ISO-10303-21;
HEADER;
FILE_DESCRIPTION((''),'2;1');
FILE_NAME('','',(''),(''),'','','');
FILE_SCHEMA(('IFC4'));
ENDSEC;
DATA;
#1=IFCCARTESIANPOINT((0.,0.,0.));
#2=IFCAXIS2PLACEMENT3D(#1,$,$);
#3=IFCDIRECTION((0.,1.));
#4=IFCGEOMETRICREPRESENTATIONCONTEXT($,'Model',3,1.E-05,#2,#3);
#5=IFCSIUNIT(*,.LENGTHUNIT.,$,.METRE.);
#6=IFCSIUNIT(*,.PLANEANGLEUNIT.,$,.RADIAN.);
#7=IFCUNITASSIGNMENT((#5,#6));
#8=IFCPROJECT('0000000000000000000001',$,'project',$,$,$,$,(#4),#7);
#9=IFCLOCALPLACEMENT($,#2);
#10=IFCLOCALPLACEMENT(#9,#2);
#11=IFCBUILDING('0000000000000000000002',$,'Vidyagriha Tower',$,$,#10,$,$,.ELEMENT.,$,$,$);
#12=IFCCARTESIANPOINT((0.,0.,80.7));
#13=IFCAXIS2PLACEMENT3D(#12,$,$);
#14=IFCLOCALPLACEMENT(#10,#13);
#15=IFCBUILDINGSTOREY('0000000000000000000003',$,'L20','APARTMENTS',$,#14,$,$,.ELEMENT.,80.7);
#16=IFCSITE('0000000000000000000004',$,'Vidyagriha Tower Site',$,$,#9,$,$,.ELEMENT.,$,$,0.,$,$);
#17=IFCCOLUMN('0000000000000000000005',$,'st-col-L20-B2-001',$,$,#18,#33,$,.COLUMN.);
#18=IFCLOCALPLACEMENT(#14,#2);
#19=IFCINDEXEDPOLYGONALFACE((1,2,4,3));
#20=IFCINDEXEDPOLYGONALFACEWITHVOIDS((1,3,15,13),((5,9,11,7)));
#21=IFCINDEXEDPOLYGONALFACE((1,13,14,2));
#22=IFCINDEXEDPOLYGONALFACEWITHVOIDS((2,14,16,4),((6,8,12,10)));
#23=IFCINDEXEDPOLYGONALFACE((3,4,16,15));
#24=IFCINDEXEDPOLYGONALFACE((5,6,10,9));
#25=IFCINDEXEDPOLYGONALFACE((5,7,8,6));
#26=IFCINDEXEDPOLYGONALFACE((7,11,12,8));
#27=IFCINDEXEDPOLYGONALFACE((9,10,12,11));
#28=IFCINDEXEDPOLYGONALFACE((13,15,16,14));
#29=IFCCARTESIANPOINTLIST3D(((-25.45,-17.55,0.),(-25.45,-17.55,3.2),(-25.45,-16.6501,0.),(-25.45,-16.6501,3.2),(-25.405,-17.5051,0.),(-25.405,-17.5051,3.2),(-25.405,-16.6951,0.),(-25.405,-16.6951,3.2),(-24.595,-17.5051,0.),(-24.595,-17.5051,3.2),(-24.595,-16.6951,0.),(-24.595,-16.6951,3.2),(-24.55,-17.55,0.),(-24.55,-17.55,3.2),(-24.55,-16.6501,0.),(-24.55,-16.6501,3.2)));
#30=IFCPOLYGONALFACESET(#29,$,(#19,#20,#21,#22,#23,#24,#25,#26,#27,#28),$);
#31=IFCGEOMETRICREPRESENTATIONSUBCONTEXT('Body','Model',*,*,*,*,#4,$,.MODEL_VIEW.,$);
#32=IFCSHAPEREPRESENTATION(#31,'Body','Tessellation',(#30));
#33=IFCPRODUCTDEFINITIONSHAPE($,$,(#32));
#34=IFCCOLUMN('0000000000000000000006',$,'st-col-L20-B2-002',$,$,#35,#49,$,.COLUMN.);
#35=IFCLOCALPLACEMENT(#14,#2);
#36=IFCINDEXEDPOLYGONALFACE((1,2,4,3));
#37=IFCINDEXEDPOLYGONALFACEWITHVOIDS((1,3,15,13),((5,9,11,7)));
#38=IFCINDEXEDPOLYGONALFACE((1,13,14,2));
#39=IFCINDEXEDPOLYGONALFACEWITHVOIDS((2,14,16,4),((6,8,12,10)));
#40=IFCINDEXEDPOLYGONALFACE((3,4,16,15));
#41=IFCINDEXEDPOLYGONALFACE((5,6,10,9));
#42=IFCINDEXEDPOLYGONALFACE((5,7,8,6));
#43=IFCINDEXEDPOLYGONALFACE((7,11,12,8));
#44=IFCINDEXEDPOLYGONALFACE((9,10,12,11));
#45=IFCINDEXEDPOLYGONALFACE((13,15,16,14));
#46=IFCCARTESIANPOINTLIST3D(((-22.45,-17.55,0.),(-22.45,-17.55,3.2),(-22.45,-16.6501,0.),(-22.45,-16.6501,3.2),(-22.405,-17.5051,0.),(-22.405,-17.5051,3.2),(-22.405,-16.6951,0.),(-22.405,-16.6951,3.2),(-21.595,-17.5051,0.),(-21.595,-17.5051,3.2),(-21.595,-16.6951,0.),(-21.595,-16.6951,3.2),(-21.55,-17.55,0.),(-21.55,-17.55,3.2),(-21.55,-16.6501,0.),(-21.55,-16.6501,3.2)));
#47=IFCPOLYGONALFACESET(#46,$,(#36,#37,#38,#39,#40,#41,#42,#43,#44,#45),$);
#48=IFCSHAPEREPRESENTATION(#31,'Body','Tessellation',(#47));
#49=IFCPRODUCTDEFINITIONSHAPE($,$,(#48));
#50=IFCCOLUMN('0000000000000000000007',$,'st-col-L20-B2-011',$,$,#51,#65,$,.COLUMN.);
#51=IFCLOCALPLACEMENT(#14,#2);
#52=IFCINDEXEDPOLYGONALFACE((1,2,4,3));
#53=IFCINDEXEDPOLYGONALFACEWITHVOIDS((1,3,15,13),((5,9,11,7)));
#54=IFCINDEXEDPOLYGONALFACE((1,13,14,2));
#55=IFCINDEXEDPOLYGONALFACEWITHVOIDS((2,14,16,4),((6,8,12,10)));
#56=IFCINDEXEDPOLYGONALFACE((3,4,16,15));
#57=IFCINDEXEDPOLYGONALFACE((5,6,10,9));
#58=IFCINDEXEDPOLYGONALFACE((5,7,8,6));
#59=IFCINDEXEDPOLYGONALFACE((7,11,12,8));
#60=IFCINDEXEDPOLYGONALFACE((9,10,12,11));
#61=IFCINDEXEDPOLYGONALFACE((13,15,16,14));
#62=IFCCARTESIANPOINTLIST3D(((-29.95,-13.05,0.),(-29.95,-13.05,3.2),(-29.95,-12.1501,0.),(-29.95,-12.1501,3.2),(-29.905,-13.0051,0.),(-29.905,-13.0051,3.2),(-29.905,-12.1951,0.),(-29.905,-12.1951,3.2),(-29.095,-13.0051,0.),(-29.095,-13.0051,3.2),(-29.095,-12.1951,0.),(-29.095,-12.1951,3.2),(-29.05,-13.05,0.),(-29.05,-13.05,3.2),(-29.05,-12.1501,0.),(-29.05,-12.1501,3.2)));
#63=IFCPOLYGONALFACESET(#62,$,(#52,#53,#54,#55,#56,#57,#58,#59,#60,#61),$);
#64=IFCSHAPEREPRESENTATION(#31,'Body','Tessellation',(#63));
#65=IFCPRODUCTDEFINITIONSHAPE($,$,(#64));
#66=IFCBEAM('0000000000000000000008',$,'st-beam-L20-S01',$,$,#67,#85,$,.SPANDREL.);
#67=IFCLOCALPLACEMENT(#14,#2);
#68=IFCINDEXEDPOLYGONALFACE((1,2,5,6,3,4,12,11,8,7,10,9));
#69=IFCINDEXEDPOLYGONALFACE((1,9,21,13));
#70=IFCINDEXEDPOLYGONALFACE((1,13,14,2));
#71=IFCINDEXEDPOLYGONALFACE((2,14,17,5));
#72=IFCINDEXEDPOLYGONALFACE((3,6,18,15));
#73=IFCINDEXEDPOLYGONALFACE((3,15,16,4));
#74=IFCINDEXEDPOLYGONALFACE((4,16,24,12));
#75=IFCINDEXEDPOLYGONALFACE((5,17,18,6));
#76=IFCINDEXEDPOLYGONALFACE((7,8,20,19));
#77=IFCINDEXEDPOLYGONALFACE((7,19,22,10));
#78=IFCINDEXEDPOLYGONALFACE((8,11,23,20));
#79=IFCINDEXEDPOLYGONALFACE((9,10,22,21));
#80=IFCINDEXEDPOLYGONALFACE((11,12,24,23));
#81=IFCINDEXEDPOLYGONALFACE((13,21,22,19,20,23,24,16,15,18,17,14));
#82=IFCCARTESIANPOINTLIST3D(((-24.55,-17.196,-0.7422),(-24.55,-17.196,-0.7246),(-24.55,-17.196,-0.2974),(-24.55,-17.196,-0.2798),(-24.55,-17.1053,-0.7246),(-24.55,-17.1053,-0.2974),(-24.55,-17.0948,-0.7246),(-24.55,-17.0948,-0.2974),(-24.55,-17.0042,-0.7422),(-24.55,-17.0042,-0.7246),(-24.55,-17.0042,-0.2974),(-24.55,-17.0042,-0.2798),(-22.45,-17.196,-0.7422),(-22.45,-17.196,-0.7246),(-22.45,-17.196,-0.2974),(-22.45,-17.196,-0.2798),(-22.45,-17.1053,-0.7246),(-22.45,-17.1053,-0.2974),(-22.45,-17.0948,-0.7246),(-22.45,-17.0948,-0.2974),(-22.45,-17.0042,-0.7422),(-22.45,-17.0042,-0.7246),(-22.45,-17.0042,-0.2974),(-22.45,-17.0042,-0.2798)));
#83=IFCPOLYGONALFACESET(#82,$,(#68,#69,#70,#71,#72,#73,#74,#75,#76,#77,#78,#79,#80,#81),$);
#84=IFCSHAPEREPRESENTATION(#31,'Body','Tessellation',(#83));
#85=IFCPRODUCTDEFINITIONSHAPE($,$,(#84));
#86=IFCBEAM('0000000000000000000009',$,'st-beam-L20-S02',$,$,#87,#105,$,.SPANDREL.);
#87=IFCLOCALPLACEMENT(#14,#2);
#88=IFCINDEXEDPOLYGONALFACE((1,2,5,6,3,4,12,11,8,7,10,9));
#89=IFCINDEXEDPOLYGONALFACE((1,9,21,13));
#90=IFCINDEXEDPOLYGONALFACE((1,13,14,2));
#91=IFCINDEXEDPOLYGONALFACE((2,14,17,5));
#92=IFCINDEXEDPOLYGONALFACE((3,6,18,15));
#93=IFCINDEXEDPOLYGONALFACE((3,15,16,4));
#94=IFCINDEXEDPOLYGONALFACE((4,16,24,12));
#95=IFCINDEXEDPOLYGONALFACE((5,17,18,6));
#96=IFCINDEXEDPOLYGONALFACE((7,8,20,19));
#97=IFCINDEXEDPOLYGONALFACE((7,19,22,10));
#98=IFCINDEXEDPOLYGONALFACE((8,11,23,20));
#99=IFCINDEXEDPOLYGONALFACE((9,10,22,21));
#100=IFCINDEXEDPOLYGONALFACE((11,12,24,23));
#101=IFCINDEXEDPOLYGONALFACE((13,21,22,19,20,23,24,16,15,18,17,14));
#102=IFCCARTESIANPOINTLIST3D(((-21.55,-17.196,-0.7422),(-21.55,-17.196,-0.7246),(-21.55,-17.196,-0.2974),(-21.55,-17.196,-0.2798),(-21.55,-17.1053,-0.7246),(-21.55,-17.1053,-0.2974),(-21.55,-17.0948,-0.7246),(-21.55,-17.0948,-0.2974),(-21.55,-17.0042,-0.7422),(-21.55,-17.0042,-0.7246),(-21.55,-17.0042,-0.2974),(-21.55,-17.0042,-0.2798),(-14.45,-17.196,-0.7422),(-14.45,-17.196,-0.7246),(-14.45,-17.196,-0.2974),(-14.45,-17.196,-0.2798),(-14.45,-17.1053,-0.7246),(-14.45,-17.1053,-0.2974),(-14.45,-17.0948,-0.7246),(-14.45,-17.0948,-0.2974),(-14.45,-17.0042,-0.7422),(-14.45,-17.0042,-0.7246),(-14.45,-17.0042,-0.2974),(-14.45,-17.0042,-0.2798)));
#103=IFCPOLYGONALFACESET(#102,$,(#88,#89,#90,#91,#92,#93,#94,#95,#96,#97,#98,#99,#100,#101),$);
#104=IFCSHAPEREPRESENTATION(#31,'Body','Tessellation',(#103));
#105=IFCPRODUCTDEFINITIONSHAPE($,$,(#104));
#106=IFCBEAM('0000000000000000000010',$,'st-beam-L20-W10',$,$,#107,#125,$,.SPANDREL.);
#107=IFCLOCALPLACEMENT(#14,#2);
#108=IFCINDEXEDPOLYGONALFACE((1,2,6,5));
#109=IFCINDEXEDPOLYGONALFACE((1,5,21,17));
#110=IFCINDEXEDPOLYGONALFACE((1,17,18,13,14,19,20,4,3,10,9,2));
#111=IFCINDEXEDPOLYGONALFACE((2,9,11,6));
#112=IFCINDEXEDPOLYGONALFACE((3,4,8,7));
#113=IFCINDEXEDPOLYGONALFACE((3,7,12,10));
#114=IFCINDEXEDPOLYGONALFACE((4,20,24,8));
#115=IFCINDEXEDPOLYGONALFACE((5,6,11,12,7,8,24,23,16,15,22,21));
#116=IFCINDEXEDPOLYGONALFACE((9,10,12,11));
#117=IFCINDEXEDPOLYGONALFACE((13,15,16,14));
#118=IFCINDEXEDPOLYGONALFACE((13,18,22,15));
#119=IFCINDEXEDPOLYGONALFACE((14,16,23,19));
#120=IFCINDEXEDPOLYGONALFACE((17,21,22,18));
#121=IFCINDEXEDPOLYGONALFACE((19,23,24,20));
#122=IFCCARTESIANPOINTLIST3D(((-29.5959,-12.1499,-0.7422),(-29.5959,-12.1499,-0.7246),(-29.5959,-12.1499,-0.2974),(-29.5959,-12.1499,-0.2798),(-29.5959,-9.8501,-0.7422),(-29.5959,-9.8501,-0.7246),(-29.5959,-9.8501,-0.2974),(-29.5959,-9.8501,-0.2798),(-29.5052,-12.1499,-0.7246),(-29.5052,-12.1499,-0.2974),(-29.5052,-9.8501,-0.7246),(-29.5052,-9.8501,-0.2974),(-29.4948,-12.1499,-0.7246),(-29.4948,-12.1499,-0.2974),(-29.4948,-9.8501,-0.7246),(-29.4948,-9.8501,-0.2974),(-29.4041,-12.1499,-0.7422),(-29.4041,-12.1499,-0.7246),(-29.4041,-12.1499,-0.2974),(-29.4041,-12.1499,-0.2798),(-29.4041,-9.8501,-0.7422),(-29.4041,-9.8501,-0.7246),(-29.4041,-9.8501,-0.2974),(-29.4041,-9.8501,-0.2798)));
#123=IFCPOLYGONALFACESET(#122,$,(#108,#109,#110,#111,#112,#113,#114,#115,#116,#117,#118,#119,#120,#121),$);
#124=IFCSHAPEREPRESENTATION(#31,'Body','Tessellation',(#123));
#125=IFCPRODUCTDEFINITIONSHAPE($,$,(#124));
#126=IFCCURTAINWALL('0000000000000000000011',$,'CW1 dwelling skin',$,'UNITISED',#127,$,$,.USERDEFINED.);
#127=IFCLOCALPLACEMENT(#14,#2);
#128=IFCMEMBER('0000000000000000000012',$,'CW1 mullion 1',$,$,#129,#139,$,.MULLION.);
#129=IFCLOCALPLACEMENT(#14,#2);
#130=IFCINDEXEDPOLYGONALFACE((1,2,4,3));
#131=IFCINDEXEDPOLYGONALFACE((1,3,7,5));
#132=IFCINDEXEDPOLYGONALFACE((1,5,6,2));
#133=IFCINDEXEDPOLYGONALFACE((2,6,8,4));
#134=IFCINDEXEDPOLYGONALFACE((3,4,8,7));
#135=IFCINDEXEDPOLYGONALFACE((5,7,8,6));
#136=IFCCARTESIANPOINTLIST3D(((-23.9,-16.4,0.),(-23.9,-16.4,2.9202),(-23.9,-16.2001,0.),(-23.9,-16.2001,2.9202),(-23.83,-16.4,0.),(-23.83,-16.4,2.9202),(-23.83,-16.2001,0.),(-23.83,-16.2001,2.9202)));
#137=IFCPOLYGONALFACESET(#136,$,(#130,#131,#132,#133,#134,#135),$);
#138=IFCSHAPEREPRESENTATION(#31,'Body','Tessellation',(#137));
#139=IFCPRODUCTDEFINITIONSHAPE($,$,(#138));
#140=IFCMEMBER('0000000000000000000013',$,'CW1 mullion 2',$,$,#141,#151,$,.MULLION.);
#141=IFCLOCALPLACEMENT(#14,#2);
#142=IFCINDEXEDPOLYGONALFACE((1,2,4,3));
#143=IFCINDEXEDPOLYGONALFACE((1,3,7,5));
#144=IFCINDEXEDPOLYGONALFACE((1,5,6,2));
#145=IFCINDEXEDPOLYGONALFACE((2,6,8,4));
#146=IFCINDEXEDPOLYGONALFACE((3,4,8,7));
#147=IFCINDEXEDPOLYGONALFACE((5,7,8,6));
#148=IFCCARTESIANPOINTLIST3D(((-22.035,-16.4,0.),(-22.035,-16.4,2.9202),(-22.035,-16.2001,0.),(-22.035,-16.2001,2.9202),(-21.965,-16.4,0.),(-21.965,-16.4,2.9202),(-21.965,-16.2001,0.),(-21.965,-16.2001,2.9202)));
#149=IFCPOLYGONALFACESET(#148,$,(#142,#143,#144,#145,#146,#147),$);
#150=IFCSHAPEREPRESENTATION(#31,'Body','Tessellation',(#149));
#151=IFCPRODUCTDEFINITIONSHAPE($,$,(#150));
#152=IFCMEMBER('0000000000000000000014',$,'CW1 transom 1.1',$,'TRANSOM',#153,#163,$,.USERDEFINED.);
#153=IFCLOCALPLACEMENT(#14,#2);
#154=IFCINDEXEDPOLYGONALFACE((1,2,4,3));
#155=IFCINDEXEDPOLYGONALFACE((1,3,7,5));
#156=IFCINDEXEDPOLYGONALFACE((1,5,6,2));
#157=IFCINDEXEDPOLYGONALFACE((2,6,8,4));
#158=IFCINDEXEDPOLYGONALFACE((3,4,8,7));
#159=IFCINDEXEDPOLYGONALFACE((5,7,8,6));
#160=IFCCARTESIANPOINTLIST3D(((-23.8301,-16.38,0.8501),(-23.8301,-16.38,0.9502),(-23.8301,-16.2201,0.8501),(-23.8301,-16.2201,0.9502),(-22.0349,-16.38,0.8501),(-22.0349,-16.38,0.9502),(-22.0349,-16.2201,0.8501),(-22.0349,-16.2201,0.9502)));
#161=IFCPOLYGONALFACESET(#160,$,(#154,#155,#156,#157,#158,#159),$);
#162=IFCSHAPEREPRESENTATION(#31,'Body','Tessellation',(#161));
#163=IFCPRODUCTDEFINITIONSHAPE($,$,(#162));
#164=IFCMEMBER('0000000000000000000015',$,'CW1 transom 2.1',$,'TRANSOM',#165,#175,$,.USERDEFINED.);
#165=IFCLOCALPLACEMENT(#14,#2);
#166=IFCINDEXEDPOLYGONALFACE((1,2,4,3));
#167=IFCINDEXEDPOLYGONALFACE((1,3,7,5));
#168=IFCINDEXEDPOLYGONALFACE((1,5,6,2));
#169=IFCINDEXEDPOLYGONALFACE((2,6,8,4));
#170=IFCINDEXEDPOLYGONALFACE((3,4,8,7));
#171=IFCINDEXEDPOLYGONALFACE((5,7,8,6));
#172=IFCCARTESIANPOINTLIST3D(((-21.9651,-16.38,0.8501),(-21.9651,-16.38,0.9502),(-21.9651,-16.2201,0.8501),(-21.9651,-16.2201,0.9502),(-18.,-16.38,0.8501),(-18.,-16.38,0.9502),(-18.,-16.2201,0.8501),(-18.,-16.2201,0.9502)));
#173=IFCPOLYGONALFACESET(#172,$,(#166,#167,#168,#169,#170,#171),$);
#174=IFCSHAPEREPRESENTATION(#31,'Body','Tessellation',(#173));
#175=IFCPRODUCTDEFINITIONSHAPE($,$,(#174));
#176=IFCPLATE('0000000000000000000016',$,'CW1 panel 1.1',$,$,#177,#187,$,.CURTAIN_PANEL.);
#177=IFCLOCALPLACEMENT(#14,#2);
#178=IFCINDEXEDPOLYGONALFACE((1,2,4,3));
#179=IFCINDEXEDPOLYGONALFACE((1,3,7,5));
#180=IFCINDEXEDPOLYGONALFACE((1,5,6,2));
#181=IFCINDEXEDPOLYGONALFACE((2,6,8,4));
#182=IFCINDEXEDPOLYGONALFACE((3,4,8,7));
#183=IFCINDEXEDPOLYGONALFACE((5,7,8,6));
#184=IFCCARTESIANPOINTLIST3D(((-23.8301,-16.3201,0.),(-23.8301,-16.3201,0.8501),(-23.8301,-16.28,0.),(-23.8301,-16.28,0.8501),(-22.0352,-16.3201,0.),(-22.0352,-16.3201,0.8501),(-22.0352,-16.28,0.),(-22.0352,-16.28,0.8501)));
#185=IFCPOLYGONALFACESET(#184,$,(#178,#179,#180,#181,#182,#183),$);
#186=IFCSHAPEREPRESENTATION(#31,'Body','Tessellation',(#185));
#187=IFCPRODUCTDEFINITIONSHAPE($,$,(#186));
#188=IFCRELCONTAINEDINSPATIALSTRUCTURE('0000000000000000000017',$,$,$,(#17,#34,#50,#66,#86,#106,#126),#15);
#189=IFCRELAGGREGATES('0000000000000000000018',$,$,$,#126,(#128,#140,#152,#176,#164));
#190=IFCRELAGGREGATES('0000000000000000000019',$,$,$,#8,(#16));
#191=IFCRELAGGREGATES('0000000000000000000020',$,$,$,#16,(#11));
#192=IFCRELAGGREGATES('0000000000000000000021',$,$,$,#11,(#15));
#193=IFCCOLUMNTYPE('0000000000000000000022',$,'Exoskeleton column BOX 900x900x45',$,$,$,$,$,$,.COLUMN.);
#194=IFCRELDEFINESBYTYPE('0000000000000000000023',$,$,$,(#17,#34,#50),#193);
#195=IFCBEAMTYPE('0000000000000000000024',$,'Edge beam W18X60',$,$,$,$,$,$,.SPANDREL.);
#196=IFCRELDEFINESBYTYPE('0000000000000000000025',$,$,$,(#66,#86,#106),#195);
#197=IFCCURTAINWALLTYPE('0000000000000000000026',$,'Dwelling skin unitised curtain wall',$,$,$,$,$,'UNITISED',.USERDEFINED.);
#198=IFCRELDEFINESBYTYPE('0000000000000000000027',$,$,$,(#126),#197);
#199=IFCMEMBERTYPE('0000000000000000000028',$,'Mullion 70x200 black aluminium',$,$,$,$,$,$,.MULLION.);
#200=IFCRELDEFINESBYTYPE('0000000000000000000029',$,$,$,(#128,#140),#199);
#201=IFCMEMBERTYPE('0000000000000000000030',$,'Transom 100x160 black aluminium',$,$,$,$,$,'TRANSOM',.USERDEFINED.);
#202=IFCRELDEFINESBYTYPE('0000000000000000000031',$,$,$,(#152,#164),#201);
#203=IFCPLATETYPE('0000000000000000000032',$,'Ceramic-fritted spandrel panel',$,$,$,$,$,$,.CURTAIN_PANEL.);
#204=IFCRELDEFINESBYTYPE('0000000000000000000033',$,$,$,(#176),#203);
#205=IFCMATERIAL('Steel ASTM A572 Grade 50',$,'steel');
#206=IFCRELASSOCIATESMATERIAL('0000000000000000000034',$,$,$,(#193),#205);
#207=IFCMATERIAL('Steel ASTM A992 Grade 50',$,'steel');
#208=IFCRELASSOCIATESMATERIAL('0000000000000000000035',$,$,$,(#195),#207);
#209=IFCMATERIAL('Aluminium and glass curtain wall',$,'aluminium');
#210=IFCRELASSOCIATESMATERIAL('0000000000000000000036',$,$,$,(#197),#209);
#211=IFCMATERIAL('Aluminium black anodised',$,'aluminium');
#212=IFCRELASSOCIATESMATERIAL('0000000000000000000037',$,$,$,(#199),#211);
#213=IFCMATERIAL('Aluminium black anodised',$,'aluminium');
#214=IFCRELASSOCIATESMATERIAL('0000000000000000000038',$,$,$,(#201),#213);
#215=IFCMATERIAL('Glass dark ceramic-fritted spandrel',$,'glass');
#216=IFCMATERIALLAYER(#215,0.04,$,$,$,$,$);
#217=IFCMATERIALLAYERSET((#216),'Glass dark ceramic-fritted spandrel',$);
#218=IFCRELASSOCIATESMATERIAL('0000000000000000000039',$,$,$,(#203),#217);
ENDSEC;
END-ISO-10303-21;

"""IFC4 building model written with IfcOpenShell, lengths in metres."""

from ifc_helpers import new_model, si_unit, direction, frame, origin, origin_2d, place, context, subcontext, project, spatial, rectangle, hollow_rectangle, i_section, extrude, material, layer, layer_set, material_profile, profile_set, type_object, element, aggregate, save


model = new_model("IFC4")

# Units and contexts
model_context = context("Model", 3, precision=1e-05, world=origin(), true_north=direction((0.0, 1.0)))
body_context = subcontext(model_context, "Body", "Model", "MODEL_VIEW")
ifc_project = project(units=[si_unit("LENGTHUNIT", "METRE"), si_unit("PLANEANGLEUNIT", "RADIAN")], contexts=[model_context])

# Site, building, storey
site_placement = place(None, origin())
site = spatial("IfcSite", under=ifc_project, at=site_placement, Name="Vidyagriha Tower Site", CompositionType="ELEMENT", RefElevation=0.0)
building_placement = place(site_placement, origin())
building = spatial("IfcBuilding", under=site, at=building_placement, Name="Vidyagriha Tower", CompositionType="ELEMENT")
storey_placement = place(building_placement, frame((0.0, 0.0, 80.7)))
storey = spatial("IfcBuildingStorey", under=building, at=storey_placement, Name="L20", Description="APARTMENTS", CompositionType="ELEMENT", Elevation=80.7)

# Columns
ifc_material_1 = material(Name="Steel ASTM A572 Grade 50", Category="steel")
ifc_material_profile_1 = material_profile(ifc_material_1, hollow_rectangle(XDim=0.8999, YDim=0.8999, WallThickness=0.0449, at=origin_2d()), Name="BOX 900x900x45")
ifc_profile_set_1 = profile_set([ifc_material_profile_1], Name="Steel ASTM A572 Grade 50")
column_type = type_object("IfcColumnType", Name="Exoskeleton column BOX 900x900x45", PredefinedType="COLUMN", material=ifc_profile_set_1)
for number, where, name in (
    (1, (-25.0, -17.1001, 0.0), "st-col-L20-B2-001"),
    (2, (-22.0, -17.1001, 0.0), "st-col-L20-B2-002"),
    (3, (-29.5, -12.6001, 0.0), "st-col-L20-B2-011"),
):
    element("IfcColumn", number, at=place(storey_placement, frame(where)), inside=storey, type_object=column_type, Name=name, PredefinedType="COLUMN", context=body_context, shape_type="SweptSolid", body=[
        extrude(hollow_rectangle(XDim=0.8999, YDim=0.8999, WallThickness=0.0449, at=origin_2d()), origin(), (0.0, 0.0, 1.0), 3.2),
    ])

# Beams
ifc_material_2 = material(Name="Steel ASTM A992 Grade 50", Category="steel")
ifc_material_profile_2 = material_profile(ifc_material_2, i_section(OverallWidth=0.1919, OverallDepth=0.4624, WebThickness=0.0105, FlangeThickness=0.0176, at=origin_2d()), Name="W18X60")
ifc_profile_set_2 = profile_set([ifc_material_profile_2], Name="Steel ASTM A992 Grade 50")
beam_type = type_object("IfcBeamType", Name="Edge beam W18X60", PredefinedType="SPANDREL", material=ifc_profile_set_2)
beam_1_placement = place(storey_placement, frame((-24.55, -17.1001, -0.511), z_axis=(1.0, 0.0, 0.0), x_axis=(0.0, 1.0, 0.0)))
element("IfcBeam", 4, at=beam_1_placement, inside=storey, type_object=beam_type, Name="st-beam-L20-S01", PredefinedType="SPANDREL", context=body_context, shape_type="SweptSolid", body=[
    extrude(i_section(OverallWidth=0.1919, OverallDepth=0.4624, WebThickness=0.0105, FlangeThickness=0.0176, at=origin_2d()), origin(), (0.0, 0.0, 1.0), 2.1001),
])
beam_2_placement = place(storey_placement, frame((-21.55, -17.1001, -0.511), z_axis=(1.0, 0.0, 0.0), x_axis=(0.0, 1.0, 0.0)))
element("IfcBeam", 5, at=beam_2_placement, inside=storey, type_object=beam_type, Name="st-beam-L20-S02", PredefinedType="SPANDREL", context=body_context, shape_type="SweptSolid", body=[
    extrude(i_section(OverallWidth=0.1919, OverallDepth=0.4624, WebThickness=0.0105, FlangeThickness=0.0176, at=origin_2d()), origin(), (0.0, 0.0, 1.0), 7.1001),
])
beam_3_placement = place(storey_placement, frame((-29.5, -12.1499, -0.511), z_axis=(0.0, 1.0, 0.0), x_axis=(-1.0, 0.0, 0.0)))
element("IfcBeam", 6, at=beam_3_placement, inside=storey, type_object=beam_type, Name="st-beam-L20-W10", PredefinedType="SPANDREL", context=body_context, shape_type="SweptSolid", body=[
    extrude(i_section(OverallWidth=0.1919, OverallDepth=0.4624, WebThickness=0.0105, FlangeThickness=0.0176, at=origin_2d()), origin(), (0.0, 0.0, 1.0), 2.2998),
])

# Curtain wall, members, plate
ifc_material_3 = material(Name="Aluminium and glass curtain wall", Category="aluminium")
curtain_wall_type = type_object("IfcCurtainWallType", Name="Dwelling skin unitised curtain wall", ElementType="UNITISED", PredefinedType="USERDEFINED", material=ifc_material_3)
curtain_wall_placement = place(storey_placement, origin())
curtain_wall = element("IfcCurtainWall", 7, at=curtain_wall_placement, inside=storey, type_object=curtain_wall_type, Name="CW1 dwelling skin", ObjectType="UNITISED", PredefinedType="USERDEFINED")
ifc_material_4 = material(Name="Aluminium black anodised", Category="aluminium")
ifc_material_profile_3 = material_profile(ifc_material_4, rectangle(XDim=0.2, YDim=0.0701, at=origin_2d()), Name="Mullion 70x200 black aluminium")
ifc_profile_set_3 = profile_set([ifc_material_profile_3], Name="Aluminium black anodised")
member_type_1 = type_object("IfcMemberType", Name="Mullion 70x200 black aluminium", PredefinedType="MULLION", material=ifc_profile_set_3)
member_1_placement = place(storey_placement, frame((-23.865, -16.3, 0.0), z_axis=(0.0, 0.0, 1.0), x_axis=(0.0, 1.0, 0.0)))
member_1 = element("IfcMember", 8, at=member_1_placement, type_object=member_type_1, Name="CW1 mullion 1", PredefinedType="MULLION", context=body_context, shape_type="SweptSolid", body=[
    extrude(rectangle(XDim=0.2, YDim=0.0701, at=origin_2d()), origin(), (0.0, 0.0, 1.0), 2.9202),
])
member_2_placement = place(storey_placement, frame((-22.0, -16.3, 0.0), z_axis=(0.0, 0.0, 1.0), x_axis=(0.0, 1.0, 0.0)))
member_2 = element("IfcMember", 9, at=member_2_placement, type_object=member_type_1, Name="CW1 mullion 2", PredefinedType="MULLION", context=body_context, shape_type="SweptSolid", body=[
    extrude(rectangle(XDim=0.2, YDim=0.0701, at=origin_2d()), origin(), (0.0, 0.0, 1.0), 2.9202),
])
ifc_material_5 = material(Name="Aluminium black anodised", Category="aluminium")
ifc_material_profile_4 = material_profile(ifc_material_5, rectangle(XDim=0.1599, YDim=0.1001, at=origin_2d()), Name="Transom 100x160 black aluminium")
ifc_profile_set_4 = profile_set([ifc_material_profile_4], Name="Aluminium black anodised")
member_type_2 = type_object("IfcMemberType", Name="Transom 100x160 black aluminium", ElementType="TRANSOM", PredefinedType="USERDEFINED", material=ifc_profile_set_4)
member_3_placement = place(storey_placement, frame((-23.8301, -16.3, 0.9001), z_axis=(1.0, 0.0, 0.0), x_axis=(0.0, 1.0, 0.0)))
member_3 = element("IfcMember", 10, at=member_3_placement, type_object=member_type_2, Name="CW1 transom 1.1", ObjectType="TRANSOM", PredefinedType="USERDEFINED", context=body_context, shape_type="SweptSolid", body=[
    extrude(rectangle(XDim=0.1599, YDim=0.1001, at=origin_2d()), origin(), (0.0, 0.0, 1.0), 1.7952),
])
member_4_placement = place(storey_placement, frame((-21.9651, -16.3, 0.9001), z_axis=(1.0, 0.0, 0.0), x_axis=(0.0, 1.0, 0.0)))
member_4 = element("IfcMember", 11, at=member_4_placement, type_object=member_type_2, Name="CW1 transom 2.1", ObjectType="TRANSOM", PredefinedType="USERDEFINED", context=body_context, shape_type="SweptSolid", body=[
    extrude(rectangle(XDim=0.1599, YDim=0.1001, at=origin_2d()), origin(), (0.0, 0.0, 1.0), 3.9651),
])
ifc_material_6 = material(Name="Glass dark ceramic-fritted spandrel", Category="glass")
ifc_layer_1 = layer(ifc_material_6, 0.04)
ifc_layer_set_1 = layer_set([ifc_layer_1], Name="Glass dark ceramic-fritted spandrel")
plate_type_1 = type_object("IfcPlateType", Name="Ceramic-fritted spandrel panel", PredefinedType="CURTAIN_PANEL", material=ifc_layer_set_1)
plate_1_placement = place(storey_placement, frame((-22.9326, -16.3, 0.0)))
plate_1 = element("IfcPlate", 12, at=plate_1_placement, type_object=plate_type_1, Name="CW1 panel 1.1", PredefinedType="CURTAIN_PANEL", context=body_context, shape_type="SweptSolid", body=[
    extrude(rectangle(XDim=1.7949, YDim=0.04, at=origin_2d()), origin(), (0.0, 0.0, 1.0), 0.8501),
])
aggregate(curtain_wall, [member_1, member_2, member_3, plate_1, member_4])

save(model, "model.ifc")
